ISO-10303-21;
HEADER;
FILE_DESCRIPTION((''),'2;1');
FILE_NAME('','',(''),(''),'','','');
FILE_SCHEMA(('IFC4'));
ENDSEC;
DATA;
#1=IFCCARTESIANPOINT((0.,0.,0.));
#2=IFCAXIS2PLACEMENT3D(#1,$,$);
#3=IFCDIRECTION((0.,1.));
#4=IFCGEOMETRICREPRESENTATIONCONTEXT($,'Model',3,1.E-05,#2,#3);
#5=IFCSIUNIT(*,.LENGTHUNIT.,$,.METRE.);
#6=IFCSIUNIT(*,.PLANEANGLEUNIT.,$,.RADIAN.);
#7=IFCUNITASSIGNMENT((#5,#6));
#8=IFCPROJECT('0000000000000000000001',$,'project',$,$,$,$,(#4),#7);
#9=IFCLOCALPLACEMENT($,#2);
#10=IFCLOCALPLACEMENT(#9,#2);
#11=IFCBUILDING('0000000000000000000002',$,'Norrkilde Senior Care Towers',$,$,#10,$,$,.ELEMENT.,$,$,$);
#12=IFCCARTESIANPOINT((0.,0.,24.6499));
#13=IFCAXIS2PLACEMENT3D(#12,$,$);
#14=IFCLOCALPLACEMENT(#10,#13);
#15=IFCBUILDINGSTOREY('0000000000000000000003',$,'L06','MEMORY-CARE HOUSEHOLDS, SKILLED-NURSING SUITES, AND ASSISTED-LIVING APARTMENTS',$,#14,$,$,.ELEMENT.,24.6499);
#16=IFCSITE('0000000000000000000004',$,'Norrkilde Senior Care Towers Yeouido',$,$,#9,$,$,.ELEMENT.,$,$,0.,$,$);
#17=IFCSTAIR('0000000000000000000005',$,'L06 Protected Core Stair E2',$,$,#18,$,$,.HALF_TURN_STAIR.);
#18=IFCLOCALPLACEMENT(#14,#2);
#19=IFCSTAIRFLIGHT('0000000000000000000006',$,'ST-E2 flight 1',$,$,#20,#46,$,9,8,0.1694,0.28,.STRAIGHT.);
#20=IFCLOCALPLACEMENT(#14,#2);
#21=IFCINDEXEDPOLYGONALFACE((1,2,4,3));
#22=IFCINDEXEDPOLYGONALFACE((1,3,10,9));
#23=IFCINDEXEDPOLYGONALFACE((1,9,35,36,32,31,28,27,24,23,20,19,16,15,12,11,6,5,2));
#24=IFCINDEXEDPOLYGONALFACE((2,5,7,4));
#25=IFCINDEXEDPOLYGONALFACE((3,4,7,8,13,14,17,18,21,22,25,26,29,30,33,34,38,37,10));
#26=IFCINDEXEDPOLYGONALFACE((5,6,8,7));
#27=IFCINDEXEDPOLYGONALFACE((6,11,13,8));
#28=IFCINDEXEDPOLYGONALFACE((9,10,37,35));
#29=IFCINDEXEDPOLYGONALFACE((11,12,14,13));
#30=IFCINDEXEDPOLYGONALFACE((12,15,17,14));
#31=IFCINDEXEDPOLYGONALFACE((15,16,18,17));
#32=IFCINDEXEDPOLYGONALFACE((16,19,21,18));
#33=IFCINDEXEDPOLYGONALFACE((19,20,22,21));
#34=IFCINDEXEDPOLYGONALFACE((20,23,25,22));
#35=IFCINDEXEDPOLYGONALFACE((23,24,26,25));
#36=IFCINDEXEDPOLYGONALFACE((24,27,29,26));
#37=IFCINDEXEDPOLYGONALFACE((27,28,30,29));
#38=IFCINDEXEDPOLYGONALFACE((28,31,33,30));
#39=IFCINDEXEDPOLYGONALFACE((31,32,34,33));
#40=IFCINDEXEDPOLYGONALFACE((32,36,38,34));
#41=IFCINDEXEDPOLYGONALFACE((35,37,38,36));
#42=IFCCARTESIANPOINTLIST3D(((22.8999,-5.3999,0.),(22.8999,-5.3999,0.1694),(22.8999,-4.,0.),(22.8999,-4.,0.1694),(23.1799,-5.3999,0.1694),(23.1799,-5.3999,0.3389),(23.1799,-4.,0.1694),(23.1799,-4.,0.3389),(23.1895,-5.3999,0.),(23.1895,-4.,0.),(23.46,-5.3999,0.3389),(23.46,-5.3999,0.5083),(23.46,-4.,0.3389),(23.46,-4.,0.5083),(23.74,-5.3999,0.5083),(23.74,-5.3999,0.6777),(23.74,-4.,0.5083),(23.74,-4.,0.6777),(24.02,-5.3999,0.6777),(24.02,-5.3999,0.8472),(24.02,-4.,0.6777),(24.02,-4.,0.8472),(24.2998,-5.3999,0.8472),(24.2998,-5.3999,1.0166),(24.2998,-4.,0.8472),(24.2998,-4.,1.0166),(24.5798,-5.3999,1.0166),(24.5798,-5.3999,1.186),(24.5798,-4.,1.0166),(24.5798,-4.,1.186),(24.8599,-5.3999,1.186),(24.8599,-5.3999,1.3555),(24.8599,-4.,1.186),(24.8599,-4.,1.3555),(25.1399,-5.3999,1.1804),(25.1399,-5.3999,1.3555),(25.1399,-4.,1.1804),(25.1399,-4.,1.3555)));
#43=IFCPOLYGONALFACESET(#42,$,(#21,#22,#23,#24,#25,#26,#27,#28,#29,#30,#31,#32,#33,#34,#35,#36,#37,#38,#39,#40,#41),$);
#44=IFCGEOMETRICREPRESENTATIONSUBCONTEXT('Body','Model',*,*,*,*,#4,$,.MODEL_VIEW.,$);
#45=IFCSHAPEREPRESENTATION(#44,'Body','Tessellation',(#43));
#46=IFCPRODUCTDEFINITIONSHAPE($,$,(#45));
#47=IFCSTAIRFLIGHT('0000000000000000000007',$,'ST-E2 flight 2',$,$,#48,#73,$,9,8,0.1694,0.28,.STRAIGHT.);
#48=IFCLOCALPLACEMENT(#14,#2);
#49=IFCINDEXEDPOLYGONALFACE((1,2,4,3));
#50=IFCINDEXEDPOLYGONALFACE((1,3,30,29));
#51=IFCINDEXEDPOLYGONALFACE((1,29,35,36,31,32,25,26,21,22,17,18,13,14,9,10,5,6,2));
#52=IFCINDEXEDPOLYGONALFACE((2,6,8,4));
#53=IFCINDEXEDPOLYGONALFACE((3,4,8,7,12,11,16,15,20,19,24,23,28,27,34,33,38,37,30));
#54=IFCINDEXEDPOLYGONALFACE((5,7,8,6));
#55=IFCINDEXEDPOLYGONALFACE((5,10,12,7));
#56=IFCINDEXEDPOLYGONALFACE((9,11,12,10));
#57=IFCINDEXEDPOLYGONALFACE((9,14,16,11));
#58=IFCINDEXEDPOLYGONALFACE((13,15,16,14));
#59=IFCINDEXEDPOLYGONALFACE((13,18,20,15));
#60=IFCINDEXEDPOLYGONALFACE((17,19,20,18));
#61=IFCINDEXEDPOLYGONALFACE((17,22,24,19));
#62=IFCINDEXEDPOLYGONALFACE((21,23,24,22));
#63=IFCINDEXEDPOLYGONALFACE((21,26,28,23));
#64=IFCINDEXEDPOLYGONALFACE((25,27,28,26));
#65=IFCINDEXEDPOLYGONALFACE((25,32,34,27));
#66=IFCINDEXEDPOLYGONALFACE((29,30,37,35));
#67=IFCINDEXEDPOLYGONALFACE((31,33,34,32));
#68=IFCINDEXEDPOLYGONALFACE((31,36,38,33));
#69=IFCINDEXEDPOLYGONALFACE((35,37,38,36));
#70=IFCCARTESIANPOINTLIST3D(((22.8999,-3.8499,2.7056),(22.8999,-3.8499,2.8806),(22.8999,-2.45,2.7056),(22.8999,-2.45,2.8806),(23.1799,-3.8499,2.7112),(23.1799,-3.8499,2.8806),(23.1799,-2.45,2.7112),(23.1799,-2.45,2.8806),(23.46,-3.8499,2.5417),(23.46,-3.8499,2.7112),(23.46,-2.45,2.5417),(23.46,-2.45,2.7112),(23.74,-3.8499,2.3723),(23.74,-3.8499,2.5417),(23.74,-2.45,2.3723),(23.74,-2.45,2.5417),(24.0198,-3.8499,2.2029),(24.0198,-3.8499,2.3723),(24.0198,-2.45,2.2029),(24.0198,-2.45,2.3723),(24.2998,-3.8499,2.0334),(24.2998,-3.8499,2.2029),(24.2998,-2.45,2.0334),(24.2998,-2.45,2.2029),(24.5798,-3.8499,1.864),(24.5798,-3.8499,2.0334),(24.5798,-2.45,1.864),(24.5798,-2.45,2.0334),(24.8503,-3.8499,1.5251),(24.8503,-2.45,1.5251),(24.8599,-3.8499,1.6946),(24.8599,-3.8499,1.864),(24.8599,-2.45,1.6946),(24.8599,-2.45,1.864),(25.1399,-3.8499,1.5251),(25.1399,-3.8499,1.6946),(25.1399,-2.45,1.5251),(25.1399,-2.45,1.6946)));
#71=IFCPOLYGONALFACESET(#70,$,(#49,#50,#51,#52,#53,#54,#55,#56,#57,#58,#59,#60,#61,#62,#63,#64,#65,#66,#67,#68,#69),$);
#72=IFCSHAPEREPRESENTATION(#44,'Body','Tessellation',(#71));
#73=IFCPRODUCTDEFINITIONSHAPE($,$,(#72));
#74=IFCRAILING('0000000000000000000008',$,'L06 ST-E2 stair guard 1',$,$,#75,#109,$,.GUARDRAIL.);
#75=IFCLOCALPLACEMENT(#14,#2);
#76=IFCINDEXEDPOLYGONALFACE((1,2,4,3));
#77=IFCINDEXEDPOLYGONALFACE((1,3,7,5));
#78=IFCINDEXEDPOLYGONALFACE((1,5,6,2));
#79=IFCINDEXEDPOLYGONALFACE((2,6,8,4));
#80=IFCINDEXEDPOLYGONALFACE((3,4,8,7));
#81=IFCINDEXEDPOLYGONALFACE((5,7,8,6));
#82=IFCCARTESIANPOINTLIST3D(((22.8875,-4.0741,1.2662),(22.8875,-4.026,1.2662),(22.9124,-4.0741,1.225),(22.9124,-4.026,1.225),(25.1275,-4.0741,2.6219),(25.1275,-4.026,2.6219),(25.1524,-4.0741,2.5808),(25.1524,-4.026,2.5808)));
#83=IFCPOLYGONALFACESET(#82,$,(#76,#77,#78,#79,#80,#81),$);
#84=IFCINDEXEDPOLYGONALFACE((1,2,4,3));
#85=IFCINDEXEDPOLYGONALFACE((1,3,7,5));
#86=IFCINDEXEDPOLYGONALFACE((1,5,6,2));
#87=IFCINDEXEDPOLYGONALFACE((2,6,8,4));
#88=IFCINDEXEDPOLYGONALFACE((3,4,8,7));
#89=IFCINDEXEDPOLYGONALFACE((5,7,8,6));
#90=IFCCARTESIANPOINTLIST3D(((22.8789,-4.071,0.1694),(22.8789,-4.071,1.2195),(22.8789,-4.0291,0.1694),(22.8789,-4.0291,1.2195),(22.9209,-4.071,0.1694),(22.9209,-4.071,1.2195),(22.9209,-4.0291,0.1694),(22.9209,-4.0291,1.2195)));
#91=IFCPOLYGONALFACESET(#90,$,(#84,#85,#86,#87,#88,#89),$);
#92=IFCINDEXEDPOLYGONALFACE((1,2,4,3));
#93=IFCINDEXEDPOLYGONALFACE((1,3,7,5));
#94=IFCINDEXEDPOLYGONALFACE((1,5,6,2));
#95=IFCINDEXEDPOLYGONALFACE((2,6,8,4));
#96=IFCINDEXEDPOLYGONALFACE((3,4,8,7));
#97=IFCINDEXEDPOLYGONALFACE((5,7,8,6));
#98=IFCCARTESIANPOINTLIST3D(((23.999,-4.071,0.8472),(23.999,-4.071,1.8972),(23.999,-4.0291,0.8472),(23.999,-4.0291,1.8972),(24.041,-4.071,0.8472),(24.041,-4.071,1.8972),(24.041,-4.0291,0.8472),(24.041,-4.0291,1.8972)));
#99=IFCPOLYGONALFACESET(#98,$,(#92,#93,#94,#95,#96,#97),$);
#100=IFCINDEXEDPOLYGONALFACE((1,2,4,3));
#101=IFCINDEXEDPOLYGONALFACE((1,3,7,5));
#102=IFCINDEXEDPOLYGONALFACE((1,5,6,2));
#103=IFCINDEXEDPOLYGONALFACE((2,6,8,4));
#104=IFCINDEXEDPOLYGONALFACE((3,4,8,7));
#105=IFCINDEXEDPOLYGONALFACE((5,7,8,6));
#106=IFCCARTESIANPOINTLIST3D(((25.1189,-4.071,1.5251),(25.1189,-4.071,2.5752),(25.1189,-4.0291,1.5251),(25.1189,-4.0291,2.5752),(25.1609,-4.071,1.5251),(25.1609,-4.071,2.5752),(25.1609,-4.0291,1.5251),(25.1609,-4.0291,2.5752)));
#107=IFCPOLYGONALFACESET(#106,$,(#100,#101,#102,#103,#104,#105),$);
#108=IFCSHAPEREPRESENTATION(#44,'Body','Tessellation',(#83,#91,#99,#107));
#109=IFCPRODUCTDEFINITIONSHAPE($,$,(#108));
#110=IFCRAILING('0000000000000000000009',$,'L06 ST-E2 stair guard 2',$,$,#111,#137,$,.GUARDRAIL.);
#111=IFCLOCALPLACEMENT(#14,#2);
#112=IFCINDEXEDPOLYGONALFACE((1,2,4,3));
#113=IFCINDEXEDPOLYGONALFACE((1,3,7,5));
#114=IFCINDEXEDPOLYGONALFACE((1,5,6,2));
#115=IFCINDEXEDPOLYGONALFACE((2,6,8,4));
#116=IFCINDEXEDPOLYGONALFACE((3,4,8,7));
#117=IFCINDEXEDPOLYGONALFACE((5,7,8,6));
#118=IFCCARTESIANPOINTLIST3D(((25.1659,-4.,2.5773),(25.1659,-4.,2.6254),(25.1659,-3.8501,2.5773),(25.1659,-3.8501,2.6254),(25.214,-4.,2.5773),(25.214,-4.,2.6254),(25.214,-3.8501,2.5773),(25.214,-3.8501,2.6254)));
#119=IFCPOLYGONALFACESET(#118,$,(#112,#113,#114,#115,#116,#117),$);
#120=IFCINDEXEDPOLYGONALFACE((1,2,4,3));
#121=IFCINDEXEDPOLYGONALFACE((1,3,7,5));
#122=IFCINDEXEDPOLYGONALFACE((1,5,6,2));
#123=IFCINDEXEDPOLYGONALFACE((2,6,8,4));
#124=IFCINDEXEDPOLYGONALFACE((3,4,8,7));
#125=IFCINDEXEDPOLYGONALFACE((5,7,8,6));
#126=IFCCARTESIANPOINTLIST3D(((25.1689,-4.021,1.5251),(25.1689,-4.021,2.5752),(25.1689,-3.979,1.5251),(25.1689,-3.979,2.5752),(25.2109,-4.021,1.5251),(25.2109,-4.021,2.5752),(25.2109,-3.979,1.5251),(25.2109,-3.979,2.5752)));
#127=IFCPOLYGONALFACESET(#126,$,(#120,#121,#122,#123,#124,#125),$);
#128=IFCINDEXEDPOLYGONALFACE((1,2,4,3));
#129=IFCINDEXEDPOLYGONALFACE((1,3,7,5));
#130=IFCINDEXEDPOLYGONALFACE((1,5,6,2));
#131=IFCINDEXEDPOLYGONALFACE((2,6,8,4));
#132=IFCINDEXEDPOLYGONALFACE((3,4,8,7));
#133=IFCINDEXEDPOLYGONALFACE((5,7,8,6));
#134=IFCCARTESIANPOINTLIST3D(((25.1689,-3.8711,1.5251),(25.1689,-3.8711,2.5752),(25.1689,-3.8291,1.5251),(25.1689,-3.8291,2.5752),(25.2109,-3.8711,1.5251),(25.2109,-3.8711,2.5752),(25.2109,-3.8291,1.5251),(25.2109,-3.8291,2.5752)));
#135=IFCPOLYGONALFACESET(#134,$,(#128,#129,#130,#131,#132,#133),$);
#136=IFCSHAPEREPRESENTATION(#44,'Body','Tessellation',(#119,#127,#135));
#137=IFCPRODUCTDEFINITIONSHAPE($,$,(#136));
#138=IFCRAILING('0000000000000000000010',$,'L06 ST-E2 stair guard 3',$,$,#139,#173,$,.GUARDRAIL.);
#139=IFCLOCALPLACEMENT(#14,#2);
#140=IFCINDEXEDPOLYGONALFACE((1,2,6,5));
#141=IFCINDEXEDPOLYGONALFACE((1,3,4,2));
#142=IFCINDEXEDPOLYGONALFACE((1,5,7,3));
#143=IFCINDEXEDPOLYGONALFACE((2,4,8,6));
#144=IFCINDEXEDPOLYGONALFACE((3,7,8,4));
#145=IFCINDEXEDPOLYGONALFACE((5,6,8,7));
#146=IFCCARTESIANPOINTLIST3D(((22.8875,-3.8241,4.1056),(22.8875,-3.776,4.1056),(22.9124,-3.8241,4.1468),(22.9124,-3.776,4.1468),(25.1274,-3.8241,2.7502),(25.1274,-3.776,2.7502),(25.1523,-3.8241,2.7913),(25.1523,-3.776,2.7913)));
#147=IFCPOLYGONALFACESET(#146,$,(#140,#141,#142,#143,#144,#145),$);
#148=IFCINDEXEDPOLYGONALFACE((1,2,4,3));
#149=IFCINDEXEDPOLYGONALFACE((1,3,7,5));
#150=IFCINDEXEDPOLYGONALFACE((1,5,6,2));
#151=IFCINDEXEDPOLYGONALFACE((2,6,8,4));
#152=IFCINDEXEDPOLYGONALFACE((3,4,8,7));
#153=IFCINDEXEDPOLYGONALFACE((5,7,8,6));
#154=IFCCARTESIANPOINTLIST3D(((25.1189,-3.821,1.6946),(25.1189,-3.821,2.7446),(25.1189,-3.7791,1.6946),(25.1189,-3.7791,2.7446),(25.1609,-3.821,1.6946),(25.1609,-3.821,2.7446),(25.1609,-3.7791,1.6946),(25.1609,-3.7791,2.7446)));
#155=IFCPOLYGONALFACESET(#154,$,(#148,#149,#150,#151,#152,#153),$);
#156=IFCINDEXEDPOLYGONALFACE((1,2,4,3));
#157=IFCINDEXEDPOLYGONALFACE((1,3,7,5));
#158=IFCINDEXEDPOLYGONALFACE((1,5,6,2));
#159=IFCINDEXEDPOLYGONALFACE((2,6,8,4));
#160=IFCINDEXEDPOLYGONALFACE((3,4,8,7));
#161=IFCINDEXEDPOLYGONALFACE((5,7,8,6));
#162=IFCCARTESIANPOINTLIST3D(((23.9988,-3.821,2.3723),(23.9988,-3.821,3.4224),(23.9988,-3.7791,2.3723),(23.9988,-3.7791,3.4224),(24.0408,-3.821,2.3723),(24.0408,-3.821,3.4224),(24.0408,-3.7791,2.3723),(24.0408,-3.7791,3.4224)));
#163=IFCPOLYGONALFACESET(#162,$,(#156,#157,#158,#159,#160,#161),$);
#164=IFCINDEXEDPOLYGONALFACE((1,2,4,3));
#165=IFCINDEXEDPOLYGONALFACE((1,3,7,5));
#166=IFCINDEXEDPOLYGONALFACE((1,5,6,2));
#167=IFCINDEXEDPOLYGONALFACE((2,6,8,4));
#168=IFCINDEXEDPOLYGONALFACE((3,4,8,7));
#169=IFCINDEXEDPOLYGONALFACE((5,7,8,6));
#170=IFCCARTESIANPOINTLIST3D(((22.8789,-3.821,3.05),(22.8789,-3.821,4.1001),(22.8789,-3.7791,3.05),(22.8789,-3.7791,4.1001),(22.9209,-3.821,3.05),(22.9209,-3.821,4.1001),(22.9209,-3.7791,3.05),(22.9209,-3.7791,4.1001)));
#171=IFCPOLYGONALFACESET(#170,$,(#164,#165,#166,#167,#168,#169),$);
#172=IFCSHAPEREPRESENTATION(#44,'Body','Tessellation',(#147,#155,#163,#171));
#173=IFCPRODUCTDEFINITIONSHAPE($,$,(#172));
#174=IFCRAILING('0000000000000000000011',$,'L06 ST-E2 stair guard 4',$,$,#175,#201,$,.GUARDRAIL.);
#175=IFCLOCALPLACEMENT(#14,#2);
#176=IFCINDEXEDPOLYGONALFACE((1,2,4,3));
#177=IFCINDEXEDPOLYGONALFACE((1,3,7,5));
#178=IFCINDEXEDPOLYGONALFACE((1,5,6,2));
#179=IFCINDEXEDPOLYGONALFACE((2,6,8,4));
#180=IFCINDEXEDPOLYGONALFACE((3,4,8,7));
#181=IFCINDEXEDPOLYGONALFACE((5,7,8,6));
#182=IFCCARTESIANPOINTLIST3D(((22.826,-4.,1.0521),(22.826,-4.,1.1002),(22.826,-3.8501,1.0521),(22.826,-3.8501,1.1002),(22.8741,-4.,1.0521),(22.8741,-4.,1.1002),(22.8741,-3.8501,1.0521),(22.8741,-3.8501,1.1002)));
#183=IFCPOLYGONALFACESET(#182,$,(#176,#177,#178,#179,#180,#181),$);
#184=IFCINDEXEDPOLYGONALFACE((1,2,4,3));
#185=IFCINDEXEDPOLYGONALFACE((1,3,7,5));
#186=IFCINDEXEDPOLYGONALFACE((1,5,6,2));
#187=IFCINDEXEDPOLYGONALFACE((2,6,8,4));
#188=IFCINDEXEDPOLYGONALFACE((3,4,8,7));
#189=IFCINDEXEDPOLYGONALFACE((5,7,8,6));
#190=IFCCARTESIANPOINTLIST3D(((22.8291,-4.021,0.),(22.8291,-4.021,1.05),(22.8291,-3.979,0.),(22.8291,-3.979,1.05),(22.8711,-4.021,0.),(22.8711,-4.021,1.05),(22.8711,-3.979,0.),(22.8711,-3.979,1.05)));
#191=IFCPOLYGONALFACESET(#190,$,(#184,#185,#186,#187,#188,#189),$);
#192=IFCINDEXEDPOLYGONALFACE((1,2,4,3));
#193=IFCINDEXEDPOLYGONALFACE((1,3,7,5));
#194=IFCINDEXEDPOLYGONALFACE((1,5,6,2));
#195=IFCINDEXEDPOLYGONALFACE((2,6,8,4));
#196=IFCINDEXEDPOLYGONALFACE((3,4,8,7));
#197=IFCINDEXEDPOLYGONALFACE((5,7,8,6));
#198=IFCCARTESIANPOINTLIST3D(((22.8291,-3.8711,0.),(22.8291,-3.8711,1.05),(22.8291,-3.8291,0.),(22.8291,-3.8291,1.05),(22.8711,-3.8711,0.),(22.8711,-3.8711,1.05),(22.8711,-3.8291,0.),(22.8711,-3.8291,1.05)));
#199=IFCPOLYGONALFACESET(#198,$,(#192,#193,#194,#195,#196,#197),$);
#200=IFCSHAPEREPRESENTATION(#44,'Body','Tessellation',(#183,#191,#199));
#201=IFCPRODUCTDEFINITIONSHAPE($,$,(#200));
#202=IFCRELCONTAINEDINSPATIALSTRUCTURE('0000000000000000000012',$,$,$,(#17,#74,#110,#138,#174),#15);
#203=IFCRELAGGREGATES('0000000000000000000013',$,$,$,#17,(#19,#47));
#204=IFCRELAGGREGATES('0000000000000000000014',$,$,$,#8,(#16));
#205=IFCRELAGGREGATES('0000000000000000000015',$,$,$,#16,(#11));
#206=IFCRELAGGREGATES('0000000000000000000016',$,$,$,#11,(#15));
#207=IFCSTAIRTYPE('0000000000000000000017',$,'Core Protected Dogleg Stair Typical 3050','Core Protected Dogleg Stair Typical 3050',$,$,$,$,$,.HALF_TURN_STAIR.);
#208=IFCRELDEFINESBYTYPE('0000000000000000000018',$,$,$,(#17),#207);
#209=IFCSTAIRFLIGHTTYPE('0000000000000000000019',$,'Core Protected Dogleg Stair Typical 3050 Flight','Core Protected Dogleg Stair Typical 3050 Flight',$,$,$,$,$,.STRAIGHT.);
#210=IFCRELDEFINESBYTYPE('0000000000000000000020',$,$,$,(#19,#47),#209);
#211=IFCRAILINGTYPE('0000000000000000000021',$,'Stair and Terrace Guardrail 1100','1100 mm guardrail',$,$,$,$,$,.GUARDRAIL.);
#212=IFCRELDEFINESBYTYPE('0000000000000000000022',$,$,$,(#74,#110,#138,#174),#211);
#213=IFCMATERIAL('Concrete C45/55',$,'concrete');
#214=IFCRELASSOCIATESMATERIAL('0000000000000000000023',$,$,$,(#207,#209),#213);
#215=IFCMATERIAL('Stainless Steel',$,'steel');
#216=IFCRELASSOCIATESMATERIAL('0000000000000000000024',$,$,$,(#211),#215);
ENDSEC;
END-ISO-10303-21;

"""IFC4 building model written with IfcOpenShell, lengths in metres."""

from ifc_helpers import new_model, si_unit, direction, frame, origin, origin_2d, place, context, subcontext, project, spatial, polyline, rectangle, outline, extrude, material, type_object, element, aggregate, save


model = new_model("IFC4")

# Units and contexts
model_context = context("Model", 3, precision=1e-05, world=origin(), true_north=direction((0.0, 1.0)))
body_context = subcontext(model_context, "Body", "Model", "MODEL_VIEW")
ifc_project = project(units=[si_unit("LENGTHUNIT", "METRE"), si_unit("PLANEANGLEUNIT", "RADIAN")], contexts=[model_context])

# Site, building, storey
site_placement = place(None, origin())
site = spatial("IfcSite", under=ifc_project, at=site_placement, Name="Norrkilde Senior Care Towers Yeouido", CompositionType="ELEMENT", RefElevation=0.0)
building_placement = place(site_placement, origin())
building = spatial("IfcBuilding", under=site, at=building_placement, Name="Norrkilde Senior Care Towers", CompositionType="ELEMENT")
storey_placement = place(building_placement, frame((0.0, 0.0, 24.6499)))
storey = spatial("IfcBuildingStorey", under=building, at=storey_placement, Name="L06", Description="MEMORY-CARE HOUSEHOLDS, SKILLED-NURSING SUITES, AND ASSISTED-LIVING APARTMENTS", CompositionType="ELEMENT", Elevation=24.6499)

# Shared definitions
ifc_material_1 = material(Name="Concrete C45/55", Category="concrete")

# Shared definitions
ifc_material_2 = material(Name="Stainless Steel", Category="steel")

# Stair, stair flights
stair_type = type_object("IfcStairType", Name="Core Protected Dogleg Stair Typical 3050", Description="Core Protected Dogleg Stair Typical 3050", PredefinedType="HALF_TURN_STAIR", material=ifc_material_1)
stair_placement = place(storey_placement, origin())
stair = element("IfcStair", 1, at=stair_placement, inside=storey, type_object=stair_type, Name="L06 Protected Core Stair E2", PredefinedType="HALF_TURN_STAIR")
stair_flight_type = type_object("IfcStairFlightType", Name="Core Protected Dogleg Stair Typical 3050 Flight", Description="Core Protected Dogleg Stair Typical 3050 Flight", PredefinedType="STRAIGHT", material=ifc_material_1)
stair_flight_1_placement = place(storey_placement, frame((22.8999, -4.7, 0.0), z_axis=(0.0, 0.0, 1.0), x_axis=(1.0, 0.0, 0.0)))
stair_flight_1 = element("IfcStairFlight", 2, at=stair_flight_1_placement, type_object=stair_flight_type, Name="ST-E2 flight 1", NumberOfRisers=9, NumberOfTreads=8, PredefinedType="STRAIGHT", RiserHeight=0.1694, TreadLength=0.28, context=body_context, shape_type="SweptSolid", body=[
    extrude(outline(polyline([(0.0, 0.0), (0.0, 0.1694), (0.28, 0.1694), (0.28, 0.3389), (0.5601, 0.3389), (0.5601, 0.5083), (0.8401, 0.5083), (0.8401, 0.6777), (1.1201, 0.6777), (1.1201, 0.8472), (1.3999, 0.8472), (1.3999, 1.0166), (1.6799, 1.0166), (1.6799, 1.186), (1.96, 1.186), (1.96, 1.3555), (2.24, 1.3555), (2.24, 1.5249), (2.24, 1.1804), (0.2896, 0.0), (0.0, 0.0)])), frame((0.0, 0.7, 0.0), z_axis=(0.0, -1.0, 0.0), x_axis=(1.0, 0.0, 0.0)), (0.0, 0.0, 1.0), 1.3999),
])
stair_flight_2_placement = place(storey_placement, frame((25.1399, -3.1499, 1.5251), z_axis=(0.0, 0.0, 1.0), x_axis=(-1.0, 0.0, 0.0)))
stair_flight_2 = element("IfcStairFlight", 3, at=stair_flight_2_placement, type_object=stair_flight_type, Name="ST-E2 flight 2", NumberOfRisers=9, NumberOfTreads=8, PredefinedType="STRAIGHT", RiserHeight=0.1694, TreadLength=0.28, context=body_context, shape_type="SweptSolid", body=[
    extrude(outline(polyline([(0.0, 0.0), (0.0, 0.1694), (0.28, 0.1694), (0.28, 0.3389), (0.5601, 0.3389), (0.5601, 0.5083), (0.8401, 0.5083), (0.8401, 0.6777), (1.1201, 0.6777), (1.1201, 0.8472), (1.3999, 0.8472), (1.3999, 1.0166), (1.6799, 1.0166), (1.6799, 1.186), (1.96, 1.186), (1.96, 1.3555), (2.24, 1.3555), (2.24, 1.5249), (2.24, 1.1804), (0.2896, 0.0), (0.0, 0.0)])), frame((0.0, 0.7, 0.0), z_axis=(0.0, -1.0, 0.0), x_axis=(1.0, 0.0, 0.0)), (0.0, 0.0, 1.0), 1.3999),
])
aggregate(stair, [stair_flight_1, stair_flight_2])

# Railings
railing_type_1 = type_object("IfcRailingType", Name="Stair and Terrace Guardrail 1100", Description="1100 mm guardrail", PredefinedType="GUARDRAIL", material=ifc_material_2)
railing_1_placement = place(storey_placement, frame((22.8999, -4.05, 0.1694)))
element("IfcRailing", 4, at=railing_1_placement, inside=storey, type_object=railing_type_1, Name="L06 ST-E2 stair guard 1", PredefinedType="GUARDRAIL", context=body_context, shape_type="SweptSolid", body=[
    extrude(rectangle(XDim=0.0481, YDim=0.0481, at=origin_2d()), frame((0.0, 0.0, 1.0762), z_axis=(0.855512, 0.0, 0.517783), x_axis=(0.0, 1.0, 0.0)), (0.0, 0.0, 1.0), 2.6184),
    extrude(rectangle(XDim=0.042, YDim=0.042, at=origin_2d()), origin(), (0.0, 0.0, 1.0), 1.05),
    extrude(rectangle(XDim=0.042, YDim=0.042, at=origin_2d()), frame((1.1201, 0.0, 0.6777)), (0.0, 0.0, 1.0), 1.05),
    extrude(rectangle(XDim=0.042, YDim=0.042, at=origin_2d()), frame((2.24, 0.0, 1.3557)), (0.0, 0.0, 1.0), 1.05),
])
railing_2_placement = place(storey_placement, frame((25.1899, -4.0, 1.5251)))
element("IfcRailing", 5, at=railing_2_placement, inside=storey, type_object=railing_type_1, Name="L06 ST-E2 stair guard 2", PredefinedType="GUARDRAIL", context=body_context, shape_type="SweptSolid", body=[
    extrude(rectangle(XDim=0.0481, YDim=0.0481, at=origin_2d()), frame((0.0, 0.0, 1.0762), z_axis=(0.0, 1.0, 0.0), x_axis=(-1.0, 0.0, 0.0)), (0.0, 0.0, 1.0), 0.1499),
    extrude(rectangle(XDim=0.042, YDim=0.042, at=origin_2d()), origin(), (0.0, 0.0, 1.0), 1.05),
    extrude(rectangle(XDim=0.042, YDim=0.042, at=origin_2d()), frame((0.0, 0.1499, 0.0)), (0.0, 0.0, 1.0), 1.05),
])
railing_3_placement = place(storey_placement, frame((25.1399, -3.8, 1.6946)))
element("IfcRailing", 6, at=railing_3_placement, inside=storey, type_object=railing_type_1, Name="L06 ST-E2 stair guard 3", PredefinedType="GUARDRAIL", context=body_context, shape_type="SweptSolid", body=[
    extrude(rectangle(XDim=0.0481, YDim=0.0481, at=origin_2d()), frame((0.0, 0.0, 1.0762), z_axis=(-0.855553, 0.0, 0.517715), x_axis=(0.0, -1.0, 0.0)), (0.0, 0.0, 1.0), 2.6182),
    extrude(rectangle(XDim=0.042, YDim=0.042, at=origin_2d()), origin(), (0.0, 0.0, 1.0), 1.05),
    extrude(rectangle(XDim=0.042, YDim=0.042, at=origin_2d()), frame((-1.1201, 0.0, 0.6777)), (0.0, 0.0, 1.0), 1.05),
    extrude(rectangle(XDim=0.042, YDim=0.042, at=origin_2d()), frame((-2.24, 0.0, 1.3555)), (0.0, 0.0, 1.0), 1.05),
])
railing_4_placement = place(storey_placement, frame((22.8501, -4.0, 0.0)))
element("IfcRailing", 7, at=railing_4_placement, inside=storey, type_object=railing_type_1, Name="L06 ST-E2 stair guard 4", PredefinedType="GUARDRAIL", context=body_context, shape_type="SweptSolid", body=[
    extrude(rectangle(XDim=0.0481, YDim=0.0481, at=origin_2d()), frame((0.0, 0.0, 1.0762), z_axis=(0.0, 1.0, 0.0), x_axis=(-1.0, 0.0, 0.0)), (0.0, 0.0, 1.0), 0.1499),
    extrude(rectangle(XDim=0.042, YDim=0.042, at=origin_2d()), origin(), (0.0, 0.0, 1.0), 1.05),
    extrude(rectangle(XDim=0.042, YDim=0.042, at=origin_2d()), frame((0.0, 0.1499, 0.0)), (0.0, 0.0, 1.0), 1.05),
])

save(model, "model.ifc")
